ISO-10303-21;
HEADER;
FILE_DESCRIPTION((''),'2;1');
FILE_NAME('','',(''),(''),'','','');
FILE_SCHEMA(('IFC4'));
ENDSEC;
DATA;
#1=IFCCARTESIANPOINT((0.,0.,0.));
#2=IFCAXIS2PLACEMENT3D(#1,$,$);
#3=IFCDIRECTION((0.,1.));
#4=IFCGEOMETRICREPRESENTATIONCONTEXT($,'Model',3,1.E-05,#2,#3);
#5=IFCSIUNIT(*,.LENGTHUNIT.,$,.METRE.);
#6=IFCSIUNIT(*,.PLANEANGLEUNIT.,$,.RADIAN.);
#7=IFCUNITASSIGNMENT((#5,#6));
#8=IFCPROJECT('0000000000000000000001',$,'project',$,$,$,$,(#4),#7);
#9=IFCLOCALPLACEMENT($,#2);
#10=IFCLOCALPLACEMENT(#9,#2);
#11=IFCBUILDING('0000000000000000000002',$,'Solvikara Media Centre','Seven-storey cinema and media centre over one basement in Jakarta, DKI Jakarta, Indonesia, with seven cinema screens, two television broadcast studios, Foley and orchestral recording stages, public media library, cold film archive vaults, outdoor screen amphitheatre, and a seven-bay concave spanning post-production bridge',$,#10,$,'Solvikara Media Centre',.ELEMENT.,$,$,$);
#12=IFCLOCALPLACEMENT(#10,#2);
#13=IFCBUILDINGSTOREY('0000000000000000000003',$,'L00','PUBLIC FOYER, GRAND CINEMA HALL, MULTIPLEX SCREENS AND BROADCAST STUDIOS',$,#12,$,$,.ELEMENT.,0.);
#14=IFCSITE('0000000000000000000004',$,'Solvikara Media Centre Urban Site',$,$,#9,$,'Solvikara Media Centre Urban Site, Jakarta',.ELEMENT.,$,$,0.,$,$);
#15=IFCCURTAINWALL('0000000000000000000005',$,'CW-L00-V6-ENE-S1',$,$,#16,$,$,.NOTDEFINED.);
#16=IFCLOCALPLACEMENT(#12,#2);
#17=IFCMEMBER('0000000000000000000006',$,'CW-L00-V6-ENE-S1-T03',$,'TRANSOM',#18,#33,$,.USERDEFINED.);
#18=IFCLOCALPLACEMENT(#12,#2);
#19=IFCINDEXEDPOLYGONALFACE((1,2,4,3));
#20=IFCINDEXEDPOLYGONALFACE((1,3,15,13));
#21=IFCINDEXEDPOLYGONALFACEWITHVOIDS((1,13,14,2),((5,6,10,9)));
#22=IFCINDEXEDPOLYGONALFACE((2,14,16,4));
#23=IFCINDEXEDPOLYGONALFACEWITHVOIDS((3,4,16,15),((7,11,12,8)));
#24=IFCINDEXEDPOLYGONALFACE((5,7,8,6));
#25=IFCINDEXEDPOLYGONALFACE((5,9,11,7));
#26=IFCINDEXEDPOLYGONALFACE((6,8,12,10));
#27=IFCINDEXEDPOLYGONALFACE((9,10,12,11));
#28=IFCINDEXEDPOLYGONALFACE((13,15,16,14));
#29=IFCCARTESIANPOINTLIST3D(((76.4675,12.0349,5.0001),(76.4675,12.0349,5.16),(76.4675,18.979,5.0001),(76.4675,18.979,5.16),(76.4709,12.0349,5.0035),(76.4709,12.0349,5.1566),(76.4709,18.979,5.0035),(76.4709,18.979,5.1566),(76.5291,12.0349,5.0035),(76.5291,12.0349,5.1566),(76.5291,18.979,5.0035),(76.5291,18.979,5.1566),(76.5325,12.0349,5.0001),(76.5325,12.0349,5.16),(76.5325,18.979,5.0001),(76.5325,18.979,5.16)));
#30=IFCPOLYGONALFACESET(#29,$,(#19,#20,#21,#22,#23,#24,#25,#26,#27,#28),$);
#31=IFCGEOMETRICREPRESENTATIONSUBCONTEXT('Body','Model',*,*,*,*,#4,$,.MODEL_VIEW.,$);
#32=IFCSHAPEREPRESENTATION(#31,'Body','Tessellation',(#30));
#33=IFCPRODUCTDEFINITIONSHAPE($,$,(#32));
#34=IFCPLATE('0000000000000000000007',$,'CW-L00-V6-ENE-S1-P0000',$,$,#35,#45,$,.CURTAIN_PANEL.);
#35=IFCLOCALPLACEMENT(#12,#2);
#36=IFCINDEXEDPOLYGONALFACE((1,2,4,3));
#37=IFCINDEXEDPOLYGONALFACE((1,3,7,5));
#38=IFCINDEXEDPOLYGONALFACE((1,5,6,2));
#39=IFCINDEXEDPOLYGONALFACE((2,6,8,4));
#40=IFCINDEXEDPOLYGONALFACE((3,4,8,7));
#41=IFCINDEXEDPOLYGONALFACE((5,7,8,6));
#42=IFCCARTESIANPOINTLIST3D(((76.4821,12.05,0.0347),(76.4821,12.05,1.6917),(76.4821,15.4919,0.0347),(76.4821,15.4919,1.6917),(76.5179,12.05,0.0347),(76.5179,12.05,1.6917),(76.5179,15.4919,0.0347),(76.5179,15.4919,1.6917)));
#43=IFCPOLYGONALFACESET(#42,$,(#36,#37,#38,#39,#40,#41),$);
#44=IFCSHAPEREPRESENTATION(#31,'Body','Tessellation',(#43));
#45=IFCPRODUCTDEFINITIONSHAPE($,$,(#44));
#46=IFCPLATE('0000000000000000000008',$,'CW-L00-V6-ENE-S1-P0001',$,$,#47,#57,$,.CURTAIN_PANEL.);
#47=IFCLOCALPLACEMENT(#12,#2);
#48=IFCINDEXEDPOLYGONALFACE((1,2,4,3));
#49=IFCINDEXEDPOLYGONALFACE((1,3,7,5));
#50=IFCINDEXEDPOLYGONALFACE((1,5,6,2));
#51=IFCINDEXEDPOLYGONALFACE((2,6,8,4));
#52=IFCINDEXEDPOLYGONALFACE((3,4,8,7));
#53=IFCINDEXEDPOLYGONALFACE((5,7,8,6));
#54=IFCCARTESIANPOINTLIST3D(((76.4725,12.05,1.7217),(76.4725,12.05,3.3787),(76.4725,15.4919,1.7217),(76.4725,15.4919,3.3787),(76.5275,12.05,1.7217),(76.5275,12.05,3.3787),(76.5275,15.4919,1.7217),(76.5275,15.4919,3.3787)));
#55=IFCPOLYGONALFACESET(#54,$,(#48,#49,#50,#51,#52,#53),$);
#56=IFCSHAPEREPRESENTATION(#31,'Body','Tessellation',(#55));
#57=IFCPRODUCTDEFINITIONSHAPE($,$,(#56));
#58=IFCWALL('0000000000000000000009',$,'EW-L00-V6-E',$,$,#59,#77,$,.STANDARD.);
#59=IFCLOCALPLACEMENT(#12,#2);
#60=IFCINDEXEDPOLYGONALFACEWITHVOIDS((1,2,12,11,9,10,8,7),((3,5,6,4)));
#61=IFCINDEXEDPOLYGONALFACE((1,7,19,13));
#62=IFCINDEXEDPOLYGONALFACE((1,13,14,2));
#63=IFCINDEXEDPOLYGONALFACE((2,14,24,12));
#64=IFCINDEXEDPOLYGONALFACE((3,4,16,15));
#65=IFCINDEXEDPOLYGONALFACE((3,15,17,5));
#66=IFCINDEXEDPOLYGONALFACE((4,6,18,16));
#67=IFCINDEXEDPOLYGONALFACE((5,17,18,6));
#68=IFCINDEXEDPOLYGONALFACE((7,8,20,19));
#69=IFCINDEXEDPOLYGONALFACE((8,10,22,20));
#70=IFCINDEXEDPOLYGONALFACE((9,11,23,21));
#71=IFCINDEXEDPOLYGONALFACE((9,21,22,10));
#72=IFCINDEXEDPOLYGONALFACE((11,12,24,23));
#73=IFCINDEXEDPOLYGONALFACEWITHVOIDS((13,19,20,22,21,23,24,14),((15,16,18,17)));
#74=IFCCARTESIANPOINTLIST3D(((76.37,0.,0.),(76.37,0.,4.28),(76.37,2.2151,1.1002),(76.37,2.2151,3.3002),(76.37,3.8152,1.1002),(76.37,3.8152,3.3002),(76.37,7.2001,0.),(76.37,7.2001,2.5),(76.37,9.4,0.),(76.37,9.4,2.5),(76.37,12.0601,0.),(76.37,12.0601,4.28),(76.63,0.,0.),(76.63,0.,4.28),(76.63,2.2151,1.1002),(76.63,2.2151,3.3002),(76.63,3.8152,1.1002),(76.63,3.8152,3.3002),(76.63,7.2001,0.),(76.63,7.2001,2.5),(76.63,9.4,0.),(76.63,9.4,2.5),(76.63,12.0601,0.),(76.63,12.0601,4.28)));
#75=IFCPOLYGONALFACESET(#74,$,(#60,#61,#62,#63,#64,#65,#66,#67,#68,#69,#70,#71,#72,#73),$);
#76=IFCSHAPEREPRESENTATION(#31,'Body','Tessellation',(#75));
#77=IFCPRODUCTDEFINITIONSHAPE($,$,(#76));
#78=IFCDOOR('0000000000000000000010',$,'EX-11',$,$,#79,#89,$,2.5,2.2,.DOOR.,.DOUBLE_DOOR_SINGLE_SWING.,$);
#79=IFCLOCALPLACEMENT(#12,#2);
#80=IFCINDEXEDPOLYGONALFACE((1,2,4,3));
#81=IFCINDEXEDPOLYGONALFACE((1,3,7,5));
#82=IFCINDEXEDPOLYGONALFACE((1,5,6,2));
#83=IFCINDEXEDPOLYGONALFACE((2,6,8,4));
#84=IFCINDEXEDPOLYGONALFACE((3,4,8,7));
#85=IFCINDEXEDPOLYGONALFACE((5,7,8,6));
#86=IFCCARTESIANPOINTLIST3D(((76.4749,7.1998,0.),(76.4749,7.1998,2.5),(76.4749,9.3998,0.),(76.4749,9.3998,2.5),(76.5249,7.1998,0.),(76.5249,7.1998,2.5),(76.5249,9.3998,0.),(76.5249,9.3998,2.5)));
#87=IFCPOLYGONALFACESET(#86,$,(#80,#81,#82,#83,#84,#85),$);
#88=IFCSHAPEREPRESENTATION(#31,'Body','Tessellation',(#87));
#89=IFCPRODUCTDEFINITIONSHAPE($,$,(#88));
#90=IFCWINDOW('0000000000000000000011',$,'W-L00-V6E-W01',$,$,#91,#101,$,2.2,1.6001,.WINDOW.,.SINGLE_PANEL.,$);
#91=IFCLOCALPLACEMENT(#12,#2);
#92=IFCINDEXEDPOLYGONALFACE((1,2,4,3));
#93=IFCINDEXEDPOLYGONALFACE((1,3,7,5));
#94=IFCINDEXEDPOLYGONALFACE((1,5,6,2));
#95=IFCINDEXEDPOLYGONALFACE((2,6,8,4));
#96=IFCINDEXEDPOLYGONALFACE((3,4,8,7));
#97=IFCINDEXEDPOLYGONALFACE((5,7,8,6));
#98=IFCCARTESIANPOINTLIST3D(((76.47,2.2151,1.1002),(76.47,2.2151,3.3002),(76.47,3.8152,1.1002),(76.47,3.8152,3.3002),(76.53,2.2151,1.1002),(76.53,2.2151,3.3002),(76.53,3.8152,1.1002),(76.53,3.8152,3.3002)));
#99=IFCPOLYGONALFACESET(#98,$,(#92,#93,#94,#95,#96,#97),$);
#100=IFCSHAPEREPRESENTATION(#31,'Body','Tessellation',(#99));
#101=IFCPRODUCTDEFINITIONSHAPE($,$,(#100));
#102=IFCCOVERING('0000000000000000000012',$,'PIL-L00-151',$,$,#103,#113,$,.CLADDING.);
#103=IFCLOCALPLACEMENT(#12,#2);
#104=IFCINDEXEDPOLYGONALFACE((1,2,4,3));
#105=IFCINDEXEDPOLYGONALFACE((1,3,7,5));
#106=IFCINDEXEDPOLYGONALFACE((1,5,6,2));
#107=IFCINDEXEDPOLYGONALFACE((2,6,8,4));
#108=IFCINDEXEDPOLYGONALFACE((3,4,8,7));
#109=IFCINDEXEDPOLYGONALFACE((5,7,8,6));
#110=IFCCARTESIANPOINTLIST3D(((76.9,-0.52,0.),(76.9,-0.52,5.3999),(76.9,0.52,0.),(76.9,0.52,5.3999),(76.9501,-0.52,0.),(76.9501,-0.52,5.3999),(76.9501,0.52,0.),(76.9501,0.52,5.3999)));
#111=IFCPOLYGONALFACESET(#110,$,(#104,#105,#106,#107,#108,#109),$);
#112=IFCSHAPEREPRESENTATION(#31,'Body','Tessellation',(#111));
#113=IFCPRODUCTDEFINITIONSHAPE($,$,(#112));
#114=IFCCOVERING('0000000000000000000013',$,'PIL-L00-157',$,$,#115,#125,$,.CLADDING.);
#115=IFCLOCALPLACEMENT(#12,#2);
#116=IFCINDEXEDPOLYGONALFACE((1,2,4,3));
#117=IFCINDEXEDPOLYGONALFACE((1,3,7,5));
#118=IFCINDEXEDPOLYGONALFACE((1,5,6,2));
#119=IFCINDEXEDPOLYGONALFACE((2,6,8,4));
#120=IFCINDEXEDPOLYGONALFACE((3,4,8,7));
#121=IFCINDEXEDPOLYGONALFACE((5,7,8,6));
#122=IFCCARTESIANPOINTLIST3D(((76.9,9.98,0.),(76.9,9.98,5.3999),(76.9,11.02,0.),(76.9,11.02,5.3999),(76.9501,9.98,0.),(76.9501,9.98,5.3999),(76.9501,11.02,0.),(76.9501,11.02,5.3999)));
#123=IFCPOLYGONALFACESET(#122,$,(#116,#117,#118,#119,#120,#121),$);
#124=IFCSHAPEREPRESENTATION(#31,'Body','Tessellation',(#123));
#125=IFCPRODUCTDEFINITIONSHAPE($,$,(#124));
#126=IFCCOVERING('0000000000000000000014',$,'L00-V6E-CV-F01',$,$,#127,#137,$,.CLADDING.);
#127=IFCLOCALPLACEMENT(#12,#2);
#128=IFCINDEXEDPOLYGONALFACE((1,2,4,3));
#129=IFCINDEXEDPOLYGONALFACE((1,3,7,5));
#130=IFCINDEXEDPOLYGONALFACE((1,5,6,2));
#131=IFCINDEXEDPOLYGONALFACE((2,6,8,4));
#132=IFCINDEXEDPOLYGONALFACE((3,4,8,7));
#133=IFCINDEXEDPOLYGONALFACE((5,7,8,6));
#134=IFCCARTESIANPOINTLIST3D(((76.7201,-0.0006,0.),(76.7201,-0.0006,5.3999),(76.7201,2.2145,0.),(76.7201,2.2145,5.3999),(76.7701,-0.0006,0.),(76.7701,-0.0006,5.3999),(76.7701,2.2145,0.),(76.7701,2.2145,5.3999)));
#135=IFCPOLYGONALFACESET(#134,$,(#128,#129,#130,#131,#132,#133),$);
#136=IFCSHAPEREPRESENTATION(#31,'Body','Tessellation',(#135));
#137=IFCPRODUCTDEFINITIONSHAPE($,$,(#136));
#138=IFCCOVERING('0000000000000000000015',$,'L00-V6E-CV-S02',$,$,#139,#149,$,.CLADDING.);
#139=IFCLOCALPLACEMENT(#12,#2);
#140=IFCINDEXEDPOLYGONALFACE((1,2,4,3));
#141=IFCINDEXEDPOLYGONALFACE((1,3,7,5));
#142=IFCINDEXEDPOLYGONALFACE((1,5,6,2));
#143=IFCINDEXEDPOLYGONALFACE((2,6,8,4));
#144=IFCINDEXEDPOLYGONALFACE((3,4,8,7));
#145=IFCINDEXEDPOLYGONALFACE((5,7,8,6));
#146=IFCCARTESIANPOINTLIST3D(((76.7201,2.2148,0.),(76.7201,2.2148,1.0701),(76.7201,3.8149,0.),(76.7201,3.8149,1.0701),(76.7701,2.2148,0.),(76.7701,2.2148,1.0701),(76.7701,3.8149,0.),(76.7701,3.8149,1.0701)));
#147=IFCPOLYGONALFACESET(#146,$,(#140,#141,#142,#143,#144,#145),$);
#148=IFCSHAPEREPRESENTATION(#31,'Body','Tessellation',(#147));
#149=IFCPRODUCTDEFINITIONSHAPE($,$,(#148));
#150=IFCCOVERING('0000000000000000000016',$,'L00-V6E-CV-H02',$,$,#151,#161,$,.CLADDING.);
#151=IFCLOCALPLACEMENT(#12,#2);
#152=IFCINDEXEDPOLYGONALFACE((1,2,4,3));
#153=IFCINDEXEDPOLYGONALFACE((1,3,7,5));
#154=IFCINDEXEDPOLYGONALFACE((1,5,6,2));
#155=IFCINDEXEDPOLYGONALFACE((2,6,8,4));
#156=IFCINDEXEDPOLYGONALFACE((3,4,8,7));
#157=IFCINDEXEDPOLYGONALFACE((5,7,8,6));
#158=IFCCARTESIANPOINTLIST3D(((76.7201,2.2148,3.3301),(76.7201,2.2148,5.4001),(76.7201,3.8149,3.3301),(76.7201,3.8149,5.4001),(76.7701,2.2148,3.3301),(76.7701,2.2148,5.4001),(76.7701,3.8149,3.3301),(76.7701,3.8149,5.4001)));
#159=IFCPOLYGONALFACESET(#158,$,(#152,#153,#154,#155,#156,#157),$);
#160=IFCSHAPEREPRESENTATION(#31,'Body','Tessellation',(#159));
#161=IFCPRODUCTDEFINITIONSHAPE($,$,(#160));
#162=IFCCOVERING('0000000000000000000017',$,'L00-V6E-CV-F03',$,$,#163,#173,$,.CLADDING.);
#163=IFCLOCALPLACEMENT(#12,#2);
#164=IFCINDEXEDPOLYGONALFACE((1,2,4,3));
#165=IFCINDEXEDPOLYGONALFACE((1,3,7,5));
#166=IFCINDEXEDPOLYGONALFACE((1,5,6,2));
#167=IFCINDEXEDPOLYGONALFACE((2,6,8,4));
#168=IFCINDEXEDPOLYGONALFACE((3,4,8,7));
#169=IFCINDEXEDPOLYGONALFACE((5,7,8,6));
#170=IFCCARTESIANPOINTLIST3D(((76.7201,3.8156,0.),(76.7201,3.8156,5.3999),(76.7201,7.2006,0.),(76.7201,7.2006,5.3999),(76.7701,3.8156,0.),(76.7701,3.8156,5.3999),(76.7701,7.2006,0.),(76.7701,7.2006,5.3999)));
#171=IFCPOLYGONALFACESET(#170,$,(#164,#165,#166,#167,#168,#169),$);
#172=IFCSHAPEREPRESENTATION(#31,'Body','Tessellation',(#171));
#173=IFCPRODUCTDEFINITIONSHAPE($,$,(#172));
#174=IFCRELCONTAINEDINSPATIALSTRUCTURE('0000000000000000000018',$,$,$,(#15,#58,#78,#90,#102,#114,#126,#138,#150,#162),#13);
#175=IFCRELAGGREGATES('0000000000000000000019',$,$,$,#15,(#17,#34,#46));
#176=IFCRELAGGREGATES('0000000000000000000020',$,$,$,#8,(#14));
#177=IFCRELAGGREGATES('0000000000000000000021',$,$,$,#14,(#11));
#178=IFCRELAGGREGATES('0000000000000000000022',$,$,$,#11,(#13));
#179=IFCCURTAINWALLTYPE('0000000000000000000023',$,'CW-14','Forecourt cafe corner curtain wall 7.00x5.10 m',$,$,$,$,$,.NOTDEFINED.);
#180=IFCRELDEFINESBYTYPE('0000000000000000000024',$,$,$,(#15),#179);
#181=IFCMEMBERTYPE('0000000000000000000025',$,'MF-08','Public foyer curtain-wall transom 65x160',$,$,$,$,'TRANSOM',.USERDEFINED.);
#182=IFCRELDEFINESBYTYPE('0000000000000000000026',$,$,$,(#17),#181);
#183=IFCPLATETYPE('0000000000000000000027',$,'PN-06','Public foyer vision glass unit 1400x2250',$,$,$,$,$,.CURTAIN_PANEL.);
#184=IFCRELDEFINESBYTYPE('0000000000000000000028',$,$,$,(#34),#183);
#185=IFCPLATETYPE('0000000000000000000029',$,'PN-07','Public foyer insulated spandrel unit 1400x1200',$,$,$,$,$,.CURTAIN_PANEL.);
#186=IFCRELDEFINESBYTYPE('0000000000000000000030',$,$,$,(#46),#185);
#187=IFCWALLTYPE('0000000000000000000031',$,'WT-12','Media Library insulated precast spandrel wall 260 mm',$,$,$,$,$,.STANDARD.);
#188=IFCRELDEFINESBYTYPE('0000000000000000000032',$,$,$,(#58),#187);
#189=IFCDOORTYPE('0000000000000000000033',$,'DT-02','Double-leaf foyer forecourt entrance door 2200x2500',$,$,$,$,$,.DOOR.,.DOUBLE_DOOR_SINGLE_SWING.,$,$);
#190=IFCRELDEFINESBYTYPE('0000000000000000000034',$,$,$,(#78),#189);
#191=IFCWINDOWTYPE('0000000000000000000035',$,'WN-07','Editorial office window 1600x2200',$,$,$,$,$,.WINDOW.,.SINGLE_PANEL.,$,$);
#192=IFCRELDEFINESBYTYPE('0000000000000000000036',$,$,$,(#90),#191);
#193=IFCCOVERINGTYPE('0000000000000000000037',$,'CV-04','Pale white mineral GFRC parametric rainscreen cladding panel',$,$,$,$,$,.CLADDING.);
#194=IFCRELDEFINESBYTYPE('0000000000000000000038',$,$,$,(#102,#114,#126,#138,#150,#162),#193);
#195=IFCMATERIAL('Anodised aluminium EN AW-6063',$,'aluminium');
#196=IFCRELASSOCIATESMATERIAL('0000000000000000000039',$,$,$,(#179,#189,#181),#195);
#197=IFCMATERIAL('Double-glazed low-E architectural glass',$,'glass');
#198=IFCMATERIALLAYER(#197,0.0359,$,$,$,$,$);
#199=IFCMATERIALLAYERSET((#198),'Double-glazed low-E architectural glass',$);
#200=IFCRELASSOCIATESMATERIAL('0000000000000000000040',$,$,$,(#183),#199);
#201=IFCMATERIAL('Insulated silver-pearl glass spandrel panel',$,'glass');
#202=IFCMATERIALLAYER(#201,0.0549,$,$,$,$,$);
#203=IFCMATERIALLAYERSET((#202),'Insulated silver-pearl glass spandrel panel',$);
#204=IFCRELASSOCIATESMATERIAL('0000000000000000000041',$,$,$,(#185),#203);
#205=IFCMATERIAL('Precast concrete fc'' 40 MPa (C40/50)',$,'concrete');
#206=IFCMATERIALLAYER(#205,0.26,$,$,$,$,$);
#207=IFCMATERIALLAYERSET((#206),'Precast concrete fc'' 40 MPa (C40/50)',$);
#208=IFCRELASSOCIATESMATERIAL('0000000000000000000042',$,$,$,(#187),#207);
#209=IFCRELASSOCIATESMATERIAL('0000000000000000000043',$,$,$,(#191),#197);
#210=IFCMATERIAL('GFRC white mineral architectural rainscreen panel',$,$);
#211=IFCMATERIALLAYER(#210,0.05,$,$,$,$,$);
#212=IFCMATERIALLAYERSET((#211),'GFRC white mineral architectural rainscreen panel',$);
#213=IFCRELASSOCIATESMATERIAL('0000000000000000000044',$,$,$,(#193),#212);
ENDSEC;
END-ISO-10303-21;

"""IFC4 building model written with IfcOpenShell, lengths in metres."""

from ifc_helpers import new_model, si_unit, direction, frame, frame_2d, origin, origin_2d, place, context, subcontext, project, spatial, rectangle, hollow_rectangle, extrude, material, layer, layer_set, material_profile, profile_set, type_object, element, fill, aggregate, save


model = new_model("IFC4")

# Units and contexts
model_context = context("Model", 3, precision=1e-05, world=origin(), true_north=direction((0.0, 1.0)))
body_context = subcontext(model_context, "Body", "Model", "MODEL_VIEW")
ifc_project = project(units=[si_unit("LENGTHUNIT", "METRE"), si_unit("PLANEANGLEUNIT", "RADIAN")], contexts=[model_context])

# Site, building, storey
site_placement = place(None, origin())
site = spatial("IfcSite", under=ifc_project, at=site_placement, Name="Solvikara Media Centre Urban Site", LongName="Solvikara Media Centre Urban Site, Jakarta", CompositionType="ELEMENT", RefElevation=0.0)
building_placement = place(site_placement, origin())
building = spatial("IfcBuilding", under=site, at=building_placement, Name="Solvikara Media Centre", Description="Seven-storey cinema and media centre over one basement in Jakarta, DKI Jakarta, Indonesia, with seven cinema screens, two television broadcast studios, Foley and orchestral recording stages, public media library, cold film archive vaults, outdoor screen amphitheatre, and a seven-bay concave spanning post-production bridge", LongName="Solvikara Media Centre", CompositionType="ELEMENT")
storey_placement = place(building_placement, origin())
storey = spatial("IfcBuildingStorey", under=building, at=storey_placement, Name="L00", Description="PUBLIC FOYER, GRAND CINEMA HALL, MULTIPLEX SCREENS AND BROADCAST STUDIOS", CompositionType="ELEMENT", Elevation=0.0)

# Curtain wall, member, plates
ifc_material_1 = material(Name="Anodised aluminium EN AW-6063", Category="aluminium")
curtain_wall_type = type_object("IfcCurtainWallType", Name="CW-14", Description="Forecourt cafe corner curtain wall 7.00x5.10 m", PredefinedType="NOTDEFINED", material=ifc_material_1)
curtain_wall_placement = place(storey_placement, origin())
curtain_wall = element("IfcCurtainWall", 1, at=curtain_wall_placement, inside=storey, type_object=curtain_wall_type, Name="CW-L00-V6-ENE-S1", PredefinedType="NOTDEFINED")
ifc_material_profile_1 = material_profile(ifc_material_1, hollow_rectangle(XDim=0.0649, YDim=0.1599, WallThickness=0.0034, at=origin_2d()), Name="ALU-T 65x160x3.5")
ifc_profile_set_1 = profile_set([ifc_material_profile_1], Name="Anodised aluminium EN AW-6063")
member_type_1 = type_object("IfcMemberType", Name="MF-08", Description="Public foyer curtain-wall transom 65x160", ElementType="TRANSOM", PredefinedType="USERDEFINED", material=ifc_profile_set_1)
member_1_placement = place(storey_placement, frame((76.5, 12.0349, 5.0801), z_axis=(0.0, 1.0, 0.0), x_axis=(-1.0, 0.0, 0.0)))
member_1 = element("IfcMember", 2, at=member_1_placement, type_object=member_type_1, Name="CW-L00-V6-ENE-S1-T03", ObjectType="TRANSOM", PredefinedType="USERDEFINED", context=body_context, shape_type="SweptSolid", body=[
    extrude(hollow_rectangle(XDim=0.0649, YDim=0.1599, WallThickness=0.0034, at=origin_2d()), origin(), (0.0, 0.0, 1.0), 6.9441),
])
ifc_material_2 = material(Name="Double-glazed low-E architectural glass", Category="glass")
ifc_layer_1 = layer(ifc_material_2, 0.0359)
ifc_layer_set_1 = layer_set([ifc_layer_1], Name="Double-glazed low-E architectural glass")
plate_type_1 = type_object("IfcPlateType", Name="PN-06", Description="Public foyer vision glass unit 1400x2250", PredefinedType="CURTAIN_PANEL", material=ifc_layer_set_1)
plate_1_placement = place(storey_placement, frame((76.5, 13.771, 0.0347), z_axis=(0.0, 0.0, 1.0), x_axis=(0.0, 1.0, 0.0)))
plate_1 = element("IfcPlate", 3, at=plate_1_placement, type_object=plate_type_1, Name="CW-L00-V6-ENE-S1-P0000", PredefinedType="CURTAIN_PANEL", context=body_context, shape_type="SweptSolid", body=[
    extrude(rectangle(XDim=3.4419, YDim=0.0359, at=origin_2d()), origin(), (0.0, 0.0, 1.0), 1.657),
])
ifc_material_3 = material(Name="Insulated silver-pearl glass spandrel panel", Category="glass")
ifc_layer_2 = layer(ifc_material_3, 0.0549)
ifc_layer_set_2 = layer_set([ifc_layer_2], Name="Insulated silver-pearl glass spandrel panel")
plate_type_2 = type_object("IfcPlateType", Name="PN-07", Description="Public foyer insulated spandrel unit 1400x1200", PredefinedType="CURTAIN_PANEL", material=ifc_layer_set_2)
plate_2_placement = place(storey_placement, frame((76.5, 13.771, 1.7217), z_axis=(0.0, 0.0, 1.0), x_axis=(0.0, 1.0, 0.0)))
plate_2 = element("IfcPlate", 4, at=plate_2_placement, type_object=plate_type_2, Name="CW-L00-V6-ENE-S1-P0001", PredefinedType="CURTAIN_PANEL", context=body_context, shape_type="SweptSolid", body=[
    extrude(rectangle(XDim=3.4419, YDim=0.0549, at=origin_2d()), origin(), (0.0, 0.0, 1.0), 1.657),
])
aggregate(curtain_wall, [member_1, plate_1, plate_2])

# Wall, openings, door, window
ifc_material_4 = material(Name="Precast concrete fc' 40 MPa (C40/50)", Category="concrete")
ifc_layer_3 = layer(ifc_material_4, 0.26)
ifc_layer_set_3 = layer_set([ifc_layer_3], Name="Precast concrete fc' 40 MPa (C40/50)")
wall_type = type_object("IfcWallType", Name="WT-12", Description="Media Library insulated precast spandrel wall 260 mm", PredefinedType="STANDARD", material=ifc_layer_set_3)
wall_placement = place(storey_placement, frame((76.5, 0.0, 0.0), z_axis=(0.0, 0.0, 1.0), x_axis=(0.0, 1.0, 0.0)))
wall = element("IfcWall", 5, at=wall_placement, inside=storey, type_object=wall_type, Name="EW-L00-V6-E", PredefinedType="STANDARD", context=body_context, shape_type="SweptSolid", body=[
    extrude(rectangle(XDim=12.0601, YDim=0.26, at=frame_2d((6.03, 0.0))), origin(), (0.0, 0.0, 1.0), 4.28),
])
opening_1_placement = place(wall_placement, frame((7.2, 0.0, 0.0)))
opening_1 = element("IfcOpeningElement", 6, at=opening_1_placement, cuts=wall, PredefinedType="OPENING", context=body_context, shape_type="SweptSolid", body=[
    extrude(rectangle(XDim=2.2, YDim=2.5, at=frame_2d((1.1001, 1.25))), frame((0.0, 0.1421, 0.0), z_axis=(0.0, -1.0, 0.0), x_axis=(1.0, 0.0, 0.0)), (0.0, 0.0, 1.0), 0.2839),
])
opening_2_placement = place(wall_placement, frame((2.2151, 0.0, 1.1001)))
opening_2 = element("IfcOpeningElement", 7, at=opening_2_placement, cuts=wall, PredefinedType="OPENING", context=body_context, shape_type="SweptSolid", body=[
    extrude(rectangle(XDim=1.6001, YDim=2.2, at=frame_2d((0.8, 1.1001))), frame((0.0, 0.1421, 0.0), z_axis=(0.0, -1.0, 0.0), x_axis=(1.0, 0.0, 0.0)), (0.0, 0.0, 1.0), 0.2839),
])
door_type = type_object("IfcDoorType", Name="DT-02", Description="Double-leaf foyer forecourt entrance door 2200x2500", OperationType="DOUBLE_DOOR_SINGLE_SWING", PredefinedType="DOOR", material=ifc_material_1)
door_placement = place(opening_1_placement, frame((2.2, 0.0, 0.0), z_axis=(0.0, 0.0, 1.0), x_axis=(-1.0, 0.0, 0.0)))
door = element("IfcDoor", 8, at=door_placement, inside=storey, type_object=door_type, Name="EX-11", OperationType="DOUBLE_DOOR_SINGLE_SWING", OverallHeight=2.5, OverallWidth=2.2, PredefinedType="DOOR", context=body_context, shape_type="SweptSolid", body=[
    extrude(rectangle(XDim=2.2, YDim=2.5, at=frame_2d((1.1001, 1.25))), frame((0.0, 0.0249, 0.0), z_axis=(0.0, -1.0, 0.0), x_axis=(1.0, 0.0, 0.0)), (0.0, 0.0, 1.0), 0.05),
])
fill(opening_1, door)
window_type = type_object("IfcWindowType", Name="WN-07", Description="Editorial office window 1600x2200", PartitioningType="SINGLE_PANEL", PredefinedType="WINDOW", material=ifc_material_2)
window_placement = place(opening_2_placement, origin())
window = element("IfcWindow", 9, at=window_placement, inside=storey, type_object=window_type, Name="W-L00-V6E-W01", OverallHeight=2.2, OverallWidth=1.6001, PartitioningType="SINGLE_PANEL", PredefinedType="WINDOW", context=body_context, shape_type="SweptSolid", body=[
    extrude(rectangle(XDim=1.6001, YDim=2.2, at=frame_2d((0.8, 1.1001))), frame((0.0, 0.03, 0.0), z_axis=(0.0, -1.0, 0.0), x_axis=(1.0, 0.0, 0.0)), (0.0, 0.0, 1.0), 0.0601),
])
fill(opening_2, window)

# Coverings
ifc_material_5 = material(Name="GFRC white mineral architectural rainscreen panel")
ifc_layer_4 = layer(ifc_material_5, 0.05)
ifc_layer_set_4 = layer_set([ifc_layer_4], Name="GFRC white mineral architectural rainscreen panel")
covering_type = type_object("IfcCoveringType", Name="CV-04", Description="Pale white mineral GFRC parametric rainscreen cladding panel", PredefinedType="CLADDING", material=ifc_layer_set_4)
for number, where, z_axis, x_axis, name in (
    (10, (76.925, 0.0, 0.0), (0.0, 0.0, 1.0), (0.0, 1.0, 0.0), "PIL-L00-151"),
    (11, (76.925, 10.5, 0.0), (0.0, 0.0, 1.0), (0.0, 1.0, 0.0), "PIL-L00-157"),
):
    element("IfcCovering", number, at=place(storey_placement, frame(where, z_axis=z_axis, x_axis=x_axis)), inside=storey, type_object=covering_type, Name=name, PredefinedType="CLADDING", context=body_context, shape_type="SweptSolid", body=[
        extrude(rectangle(XDim=1.04, YDim=0.05, at=origin_2d()), origin(), (0.0, 0.0, 1.0), 5.3999),
    ])
covering_1_placement = place(storey_placement, frame((76.7451, 1.1069, 0.0), z_axis=(0.0, 0.0, 1.0), x_axis=(0.0, 1.0, 0.0)))
element("IfcCovering", 12, at=covering_1_placement, inside=storey, type_object=covering_type, Name="L00-V6E-CV-F01", PredefinedType="CLADDING", context=body_context, shape_type="SweptSolid", body=[
    extrude(rectangle(XDim=2.2151, YDim=0.05, at=origin_2d()), origin(), (0.0, 0.0, 1.0), 5.3999),
])
covering_2_placement = place(storey_placement, frame((76.7451, 3.0149, 0.0), z_axis=(0.0, 0.0, 1.0), x_axis=(0.0, 1.0, 0.0)))
element("IfcCovering", 13, at=covering_2_placement, inside=storey, type_object=covering_type, Name="L00-V6E-CV-S02", PredefinedType="CLADDING", context=body_context, shape_type="SweptSolid", body=[
    extrude(rectangle(XDim=1.6001, YDim=0.05, at=origin_2d()), origin(), (0.0, 0.0, 1.0), 1.0701),
])
covering_3_placement = place(storey_placement, frame((76.7451, 3.0149, 3.3301), z_axis=(0.0, 0.0, 1.0), x_axis=(0.0, 1.0, 0.0)))
element("IfcCovering", 14, at=covering_3_placement, inside=storey, type_object=covering_type, Name="L00-V6E-CV-H02", PredefinedType="CLADDING", context=body_context, shape_type="SweptSolid", body=[
    extrude(rectangle(XDim=1.6001, YDim=0.05, at=origin_2d()), origin(), (0.0, 0.0, 1.0), 2.0701),
])
covering_4_placement = place(storey_placement, frame((76.7451, 5.5081, 0.0), z_axis=(0.0, 0.0, 1.0), x_axis=(0.0, 1.0, 0.0)))
element("IfcCovering", 15, at=covering_4_placement, inside=storey, type_object=covering_type, Name="L00-V6E-CV-F03", PredefinedType="CLADDING", context=body_context, shape_type="SweptSolid", body=[
    extrude(rectangle(XDim=3.385, YDim=0.05, at=origin_2d()), origin(), (0.0, 0.0, 1.0), 5.3999),
])

save(model, "model.ifc")
